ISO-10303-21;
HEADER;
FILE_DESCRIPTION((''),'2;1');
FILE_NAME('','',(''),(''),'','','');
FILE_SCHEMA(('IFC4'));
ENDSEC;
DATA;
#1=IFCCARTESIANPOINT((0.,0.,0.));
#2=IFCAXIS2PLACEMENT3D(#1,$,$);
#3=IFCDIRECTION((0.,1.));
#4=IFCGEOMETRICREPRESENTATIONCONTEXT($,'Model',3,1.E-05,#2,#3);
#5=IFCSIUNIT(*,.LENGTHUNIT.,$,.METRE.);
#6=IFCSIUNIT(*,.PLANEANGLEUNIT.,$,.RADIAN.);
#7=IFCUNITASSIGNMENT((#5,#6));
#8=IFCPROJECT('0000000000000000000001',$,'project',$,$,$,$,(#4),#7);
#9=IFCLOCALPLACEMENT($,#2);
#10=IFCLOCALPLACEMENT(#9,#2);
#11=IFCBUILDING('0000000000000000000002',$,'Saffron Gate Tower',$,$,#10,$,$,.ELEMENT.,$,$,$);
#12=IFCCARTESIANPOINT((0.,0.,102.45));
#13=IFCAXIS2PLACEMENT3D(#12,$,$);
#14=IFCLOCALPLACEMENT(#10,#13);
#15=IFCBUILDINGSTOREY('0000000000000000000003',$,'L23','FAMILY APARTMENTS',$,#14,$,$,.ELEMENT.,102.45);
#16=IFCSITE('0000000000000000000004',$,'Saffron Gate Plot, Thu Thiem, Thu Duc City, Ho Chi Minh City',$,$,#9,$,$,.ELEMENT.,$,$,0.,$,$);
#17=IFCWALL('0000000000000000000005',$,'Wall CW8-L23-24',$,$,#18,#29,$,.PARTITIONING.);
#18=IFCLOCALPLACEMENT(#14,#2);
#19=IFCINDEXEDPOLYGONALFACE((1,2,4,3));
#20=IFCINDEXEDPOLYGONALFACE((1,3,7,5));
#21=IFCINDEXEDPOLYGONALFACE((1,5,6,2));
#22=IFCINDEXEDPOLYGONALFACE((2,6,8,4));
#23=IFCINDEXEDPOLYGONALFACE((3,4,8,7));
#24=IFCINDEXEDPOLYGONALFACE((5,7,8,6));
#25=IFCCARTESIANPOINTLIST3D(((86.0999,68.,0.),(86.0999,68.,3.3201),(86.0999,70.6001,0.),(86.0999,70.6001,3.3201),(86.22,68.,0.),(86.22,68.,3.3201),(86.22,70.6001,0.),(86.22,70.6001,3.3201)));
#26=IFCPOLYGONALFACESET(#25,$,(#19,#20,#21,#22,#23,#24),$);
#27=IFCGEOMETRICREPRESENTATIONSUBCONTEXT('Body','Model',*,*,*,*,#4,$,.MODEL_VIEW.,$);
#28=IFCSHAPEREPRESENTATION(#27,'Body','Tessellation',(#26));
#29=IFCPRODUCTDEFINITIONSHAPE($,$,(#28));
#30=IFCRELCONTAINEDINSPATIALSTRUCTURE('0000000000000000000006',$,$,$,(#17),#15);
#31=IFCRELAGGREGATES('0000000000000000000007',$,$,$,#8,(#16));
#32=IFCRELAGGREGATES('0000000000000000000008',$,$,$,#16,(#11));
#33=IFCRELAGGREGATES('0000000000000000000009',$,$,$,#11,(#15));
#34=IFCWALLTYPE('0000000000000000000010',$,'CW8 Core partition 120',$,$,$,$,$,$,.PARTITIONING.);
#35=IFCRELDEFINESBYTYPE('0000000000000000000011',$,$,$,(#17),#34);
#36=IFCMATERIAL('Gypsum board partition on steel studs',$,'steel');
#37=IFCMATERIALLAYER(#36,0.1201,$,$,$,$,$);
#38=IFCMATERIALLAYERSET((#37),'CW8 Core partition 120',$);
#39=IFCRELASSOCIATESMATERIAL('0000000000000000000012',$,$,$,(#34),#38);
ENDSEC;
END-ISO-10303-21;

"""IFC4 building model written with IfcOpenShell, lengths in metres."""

from ifc_helpers import new_model, si_unit, direction, frame, frame_2d, origin, place, context, subcontext, project, spatial, rectangle, extrude, material, layer, layer_set, type_object, element, save


model = new_model("IFC4")

# Units and contexts
model_context = context("Model", 3, precision=1e-05, world=origin(), true_north=direction((0.0, 1.0)))
body_context = subcontext(model_context, "Body", "Model", "MODEL_VIEW")
ifc_project = project(units=[si_unit("LENGTHUNIT", "METRE"), si_unit("PLANEANGLEUNIT", "RADIAN")], contexts=[model_context])

# Site, building, storey
site_placement = place(None, origin())
site = spatial("IfcSite", under=ifc_project, at=site_placement, Name="Saffron Gate Plot, Thu Thiem, Thu Duc City, Ho Chi Minh City", CompositionType="ELEMENT", RefElevation=0.0)
building_placement = place(site_placement, origin())
building = spatial("IfcBuilding", under=site, at=building_placement, Name="Saffron Gate Tower", CompositionType="ELEMENT")
storey_placement = place(building_placement, frame((0.0, 0.0, 102.45)))
storey = spatial("IfcBuildingStorey", under=building, at=storey_placement, Name="L23", Description="FAMILY APARTMENTS", CompositionType="ELEMENT", Elevation=102.45)

# Shared definitions
ifc_material_1 = material(Name="Gypsum board partition on steel studs", Category="steel")

# Wall
ifc_layer_1 = layer(ifc_material_1, 0.1201)
ifc_layer_set_1 = layer_set([ifc_layer_1], Name="CW8 Core partition 120")
wall_type_1 = type_object("IfcWallType", Name="CW8 Core partition 120", PredefinedType="PARTITIONING", material=ifc_layer_set_1)
wall_1_placement = place(storey_placement, frame((86.1599, 68.0, 0.0), z_axis=(0.0, 0.0, 1.0), x_axis=(0.0, 1.0, 0.0)))
element("IfcWall", 1, at=wall_1_placement, inside=storey, type_object=wall_type_1, Name="Wall CW8-L23-24", PredefinedType="PARTITIONING", context=body_context, shape_type="SweptSolid", body=[
    extrude(rectangle(XDim=2.6001, YDim=0.1201, at=frame_2d((1.3, 0.0))), origin(), (0.0, 0.0, 1.0), 3.3201),
])

save(model, "model.ifc")
